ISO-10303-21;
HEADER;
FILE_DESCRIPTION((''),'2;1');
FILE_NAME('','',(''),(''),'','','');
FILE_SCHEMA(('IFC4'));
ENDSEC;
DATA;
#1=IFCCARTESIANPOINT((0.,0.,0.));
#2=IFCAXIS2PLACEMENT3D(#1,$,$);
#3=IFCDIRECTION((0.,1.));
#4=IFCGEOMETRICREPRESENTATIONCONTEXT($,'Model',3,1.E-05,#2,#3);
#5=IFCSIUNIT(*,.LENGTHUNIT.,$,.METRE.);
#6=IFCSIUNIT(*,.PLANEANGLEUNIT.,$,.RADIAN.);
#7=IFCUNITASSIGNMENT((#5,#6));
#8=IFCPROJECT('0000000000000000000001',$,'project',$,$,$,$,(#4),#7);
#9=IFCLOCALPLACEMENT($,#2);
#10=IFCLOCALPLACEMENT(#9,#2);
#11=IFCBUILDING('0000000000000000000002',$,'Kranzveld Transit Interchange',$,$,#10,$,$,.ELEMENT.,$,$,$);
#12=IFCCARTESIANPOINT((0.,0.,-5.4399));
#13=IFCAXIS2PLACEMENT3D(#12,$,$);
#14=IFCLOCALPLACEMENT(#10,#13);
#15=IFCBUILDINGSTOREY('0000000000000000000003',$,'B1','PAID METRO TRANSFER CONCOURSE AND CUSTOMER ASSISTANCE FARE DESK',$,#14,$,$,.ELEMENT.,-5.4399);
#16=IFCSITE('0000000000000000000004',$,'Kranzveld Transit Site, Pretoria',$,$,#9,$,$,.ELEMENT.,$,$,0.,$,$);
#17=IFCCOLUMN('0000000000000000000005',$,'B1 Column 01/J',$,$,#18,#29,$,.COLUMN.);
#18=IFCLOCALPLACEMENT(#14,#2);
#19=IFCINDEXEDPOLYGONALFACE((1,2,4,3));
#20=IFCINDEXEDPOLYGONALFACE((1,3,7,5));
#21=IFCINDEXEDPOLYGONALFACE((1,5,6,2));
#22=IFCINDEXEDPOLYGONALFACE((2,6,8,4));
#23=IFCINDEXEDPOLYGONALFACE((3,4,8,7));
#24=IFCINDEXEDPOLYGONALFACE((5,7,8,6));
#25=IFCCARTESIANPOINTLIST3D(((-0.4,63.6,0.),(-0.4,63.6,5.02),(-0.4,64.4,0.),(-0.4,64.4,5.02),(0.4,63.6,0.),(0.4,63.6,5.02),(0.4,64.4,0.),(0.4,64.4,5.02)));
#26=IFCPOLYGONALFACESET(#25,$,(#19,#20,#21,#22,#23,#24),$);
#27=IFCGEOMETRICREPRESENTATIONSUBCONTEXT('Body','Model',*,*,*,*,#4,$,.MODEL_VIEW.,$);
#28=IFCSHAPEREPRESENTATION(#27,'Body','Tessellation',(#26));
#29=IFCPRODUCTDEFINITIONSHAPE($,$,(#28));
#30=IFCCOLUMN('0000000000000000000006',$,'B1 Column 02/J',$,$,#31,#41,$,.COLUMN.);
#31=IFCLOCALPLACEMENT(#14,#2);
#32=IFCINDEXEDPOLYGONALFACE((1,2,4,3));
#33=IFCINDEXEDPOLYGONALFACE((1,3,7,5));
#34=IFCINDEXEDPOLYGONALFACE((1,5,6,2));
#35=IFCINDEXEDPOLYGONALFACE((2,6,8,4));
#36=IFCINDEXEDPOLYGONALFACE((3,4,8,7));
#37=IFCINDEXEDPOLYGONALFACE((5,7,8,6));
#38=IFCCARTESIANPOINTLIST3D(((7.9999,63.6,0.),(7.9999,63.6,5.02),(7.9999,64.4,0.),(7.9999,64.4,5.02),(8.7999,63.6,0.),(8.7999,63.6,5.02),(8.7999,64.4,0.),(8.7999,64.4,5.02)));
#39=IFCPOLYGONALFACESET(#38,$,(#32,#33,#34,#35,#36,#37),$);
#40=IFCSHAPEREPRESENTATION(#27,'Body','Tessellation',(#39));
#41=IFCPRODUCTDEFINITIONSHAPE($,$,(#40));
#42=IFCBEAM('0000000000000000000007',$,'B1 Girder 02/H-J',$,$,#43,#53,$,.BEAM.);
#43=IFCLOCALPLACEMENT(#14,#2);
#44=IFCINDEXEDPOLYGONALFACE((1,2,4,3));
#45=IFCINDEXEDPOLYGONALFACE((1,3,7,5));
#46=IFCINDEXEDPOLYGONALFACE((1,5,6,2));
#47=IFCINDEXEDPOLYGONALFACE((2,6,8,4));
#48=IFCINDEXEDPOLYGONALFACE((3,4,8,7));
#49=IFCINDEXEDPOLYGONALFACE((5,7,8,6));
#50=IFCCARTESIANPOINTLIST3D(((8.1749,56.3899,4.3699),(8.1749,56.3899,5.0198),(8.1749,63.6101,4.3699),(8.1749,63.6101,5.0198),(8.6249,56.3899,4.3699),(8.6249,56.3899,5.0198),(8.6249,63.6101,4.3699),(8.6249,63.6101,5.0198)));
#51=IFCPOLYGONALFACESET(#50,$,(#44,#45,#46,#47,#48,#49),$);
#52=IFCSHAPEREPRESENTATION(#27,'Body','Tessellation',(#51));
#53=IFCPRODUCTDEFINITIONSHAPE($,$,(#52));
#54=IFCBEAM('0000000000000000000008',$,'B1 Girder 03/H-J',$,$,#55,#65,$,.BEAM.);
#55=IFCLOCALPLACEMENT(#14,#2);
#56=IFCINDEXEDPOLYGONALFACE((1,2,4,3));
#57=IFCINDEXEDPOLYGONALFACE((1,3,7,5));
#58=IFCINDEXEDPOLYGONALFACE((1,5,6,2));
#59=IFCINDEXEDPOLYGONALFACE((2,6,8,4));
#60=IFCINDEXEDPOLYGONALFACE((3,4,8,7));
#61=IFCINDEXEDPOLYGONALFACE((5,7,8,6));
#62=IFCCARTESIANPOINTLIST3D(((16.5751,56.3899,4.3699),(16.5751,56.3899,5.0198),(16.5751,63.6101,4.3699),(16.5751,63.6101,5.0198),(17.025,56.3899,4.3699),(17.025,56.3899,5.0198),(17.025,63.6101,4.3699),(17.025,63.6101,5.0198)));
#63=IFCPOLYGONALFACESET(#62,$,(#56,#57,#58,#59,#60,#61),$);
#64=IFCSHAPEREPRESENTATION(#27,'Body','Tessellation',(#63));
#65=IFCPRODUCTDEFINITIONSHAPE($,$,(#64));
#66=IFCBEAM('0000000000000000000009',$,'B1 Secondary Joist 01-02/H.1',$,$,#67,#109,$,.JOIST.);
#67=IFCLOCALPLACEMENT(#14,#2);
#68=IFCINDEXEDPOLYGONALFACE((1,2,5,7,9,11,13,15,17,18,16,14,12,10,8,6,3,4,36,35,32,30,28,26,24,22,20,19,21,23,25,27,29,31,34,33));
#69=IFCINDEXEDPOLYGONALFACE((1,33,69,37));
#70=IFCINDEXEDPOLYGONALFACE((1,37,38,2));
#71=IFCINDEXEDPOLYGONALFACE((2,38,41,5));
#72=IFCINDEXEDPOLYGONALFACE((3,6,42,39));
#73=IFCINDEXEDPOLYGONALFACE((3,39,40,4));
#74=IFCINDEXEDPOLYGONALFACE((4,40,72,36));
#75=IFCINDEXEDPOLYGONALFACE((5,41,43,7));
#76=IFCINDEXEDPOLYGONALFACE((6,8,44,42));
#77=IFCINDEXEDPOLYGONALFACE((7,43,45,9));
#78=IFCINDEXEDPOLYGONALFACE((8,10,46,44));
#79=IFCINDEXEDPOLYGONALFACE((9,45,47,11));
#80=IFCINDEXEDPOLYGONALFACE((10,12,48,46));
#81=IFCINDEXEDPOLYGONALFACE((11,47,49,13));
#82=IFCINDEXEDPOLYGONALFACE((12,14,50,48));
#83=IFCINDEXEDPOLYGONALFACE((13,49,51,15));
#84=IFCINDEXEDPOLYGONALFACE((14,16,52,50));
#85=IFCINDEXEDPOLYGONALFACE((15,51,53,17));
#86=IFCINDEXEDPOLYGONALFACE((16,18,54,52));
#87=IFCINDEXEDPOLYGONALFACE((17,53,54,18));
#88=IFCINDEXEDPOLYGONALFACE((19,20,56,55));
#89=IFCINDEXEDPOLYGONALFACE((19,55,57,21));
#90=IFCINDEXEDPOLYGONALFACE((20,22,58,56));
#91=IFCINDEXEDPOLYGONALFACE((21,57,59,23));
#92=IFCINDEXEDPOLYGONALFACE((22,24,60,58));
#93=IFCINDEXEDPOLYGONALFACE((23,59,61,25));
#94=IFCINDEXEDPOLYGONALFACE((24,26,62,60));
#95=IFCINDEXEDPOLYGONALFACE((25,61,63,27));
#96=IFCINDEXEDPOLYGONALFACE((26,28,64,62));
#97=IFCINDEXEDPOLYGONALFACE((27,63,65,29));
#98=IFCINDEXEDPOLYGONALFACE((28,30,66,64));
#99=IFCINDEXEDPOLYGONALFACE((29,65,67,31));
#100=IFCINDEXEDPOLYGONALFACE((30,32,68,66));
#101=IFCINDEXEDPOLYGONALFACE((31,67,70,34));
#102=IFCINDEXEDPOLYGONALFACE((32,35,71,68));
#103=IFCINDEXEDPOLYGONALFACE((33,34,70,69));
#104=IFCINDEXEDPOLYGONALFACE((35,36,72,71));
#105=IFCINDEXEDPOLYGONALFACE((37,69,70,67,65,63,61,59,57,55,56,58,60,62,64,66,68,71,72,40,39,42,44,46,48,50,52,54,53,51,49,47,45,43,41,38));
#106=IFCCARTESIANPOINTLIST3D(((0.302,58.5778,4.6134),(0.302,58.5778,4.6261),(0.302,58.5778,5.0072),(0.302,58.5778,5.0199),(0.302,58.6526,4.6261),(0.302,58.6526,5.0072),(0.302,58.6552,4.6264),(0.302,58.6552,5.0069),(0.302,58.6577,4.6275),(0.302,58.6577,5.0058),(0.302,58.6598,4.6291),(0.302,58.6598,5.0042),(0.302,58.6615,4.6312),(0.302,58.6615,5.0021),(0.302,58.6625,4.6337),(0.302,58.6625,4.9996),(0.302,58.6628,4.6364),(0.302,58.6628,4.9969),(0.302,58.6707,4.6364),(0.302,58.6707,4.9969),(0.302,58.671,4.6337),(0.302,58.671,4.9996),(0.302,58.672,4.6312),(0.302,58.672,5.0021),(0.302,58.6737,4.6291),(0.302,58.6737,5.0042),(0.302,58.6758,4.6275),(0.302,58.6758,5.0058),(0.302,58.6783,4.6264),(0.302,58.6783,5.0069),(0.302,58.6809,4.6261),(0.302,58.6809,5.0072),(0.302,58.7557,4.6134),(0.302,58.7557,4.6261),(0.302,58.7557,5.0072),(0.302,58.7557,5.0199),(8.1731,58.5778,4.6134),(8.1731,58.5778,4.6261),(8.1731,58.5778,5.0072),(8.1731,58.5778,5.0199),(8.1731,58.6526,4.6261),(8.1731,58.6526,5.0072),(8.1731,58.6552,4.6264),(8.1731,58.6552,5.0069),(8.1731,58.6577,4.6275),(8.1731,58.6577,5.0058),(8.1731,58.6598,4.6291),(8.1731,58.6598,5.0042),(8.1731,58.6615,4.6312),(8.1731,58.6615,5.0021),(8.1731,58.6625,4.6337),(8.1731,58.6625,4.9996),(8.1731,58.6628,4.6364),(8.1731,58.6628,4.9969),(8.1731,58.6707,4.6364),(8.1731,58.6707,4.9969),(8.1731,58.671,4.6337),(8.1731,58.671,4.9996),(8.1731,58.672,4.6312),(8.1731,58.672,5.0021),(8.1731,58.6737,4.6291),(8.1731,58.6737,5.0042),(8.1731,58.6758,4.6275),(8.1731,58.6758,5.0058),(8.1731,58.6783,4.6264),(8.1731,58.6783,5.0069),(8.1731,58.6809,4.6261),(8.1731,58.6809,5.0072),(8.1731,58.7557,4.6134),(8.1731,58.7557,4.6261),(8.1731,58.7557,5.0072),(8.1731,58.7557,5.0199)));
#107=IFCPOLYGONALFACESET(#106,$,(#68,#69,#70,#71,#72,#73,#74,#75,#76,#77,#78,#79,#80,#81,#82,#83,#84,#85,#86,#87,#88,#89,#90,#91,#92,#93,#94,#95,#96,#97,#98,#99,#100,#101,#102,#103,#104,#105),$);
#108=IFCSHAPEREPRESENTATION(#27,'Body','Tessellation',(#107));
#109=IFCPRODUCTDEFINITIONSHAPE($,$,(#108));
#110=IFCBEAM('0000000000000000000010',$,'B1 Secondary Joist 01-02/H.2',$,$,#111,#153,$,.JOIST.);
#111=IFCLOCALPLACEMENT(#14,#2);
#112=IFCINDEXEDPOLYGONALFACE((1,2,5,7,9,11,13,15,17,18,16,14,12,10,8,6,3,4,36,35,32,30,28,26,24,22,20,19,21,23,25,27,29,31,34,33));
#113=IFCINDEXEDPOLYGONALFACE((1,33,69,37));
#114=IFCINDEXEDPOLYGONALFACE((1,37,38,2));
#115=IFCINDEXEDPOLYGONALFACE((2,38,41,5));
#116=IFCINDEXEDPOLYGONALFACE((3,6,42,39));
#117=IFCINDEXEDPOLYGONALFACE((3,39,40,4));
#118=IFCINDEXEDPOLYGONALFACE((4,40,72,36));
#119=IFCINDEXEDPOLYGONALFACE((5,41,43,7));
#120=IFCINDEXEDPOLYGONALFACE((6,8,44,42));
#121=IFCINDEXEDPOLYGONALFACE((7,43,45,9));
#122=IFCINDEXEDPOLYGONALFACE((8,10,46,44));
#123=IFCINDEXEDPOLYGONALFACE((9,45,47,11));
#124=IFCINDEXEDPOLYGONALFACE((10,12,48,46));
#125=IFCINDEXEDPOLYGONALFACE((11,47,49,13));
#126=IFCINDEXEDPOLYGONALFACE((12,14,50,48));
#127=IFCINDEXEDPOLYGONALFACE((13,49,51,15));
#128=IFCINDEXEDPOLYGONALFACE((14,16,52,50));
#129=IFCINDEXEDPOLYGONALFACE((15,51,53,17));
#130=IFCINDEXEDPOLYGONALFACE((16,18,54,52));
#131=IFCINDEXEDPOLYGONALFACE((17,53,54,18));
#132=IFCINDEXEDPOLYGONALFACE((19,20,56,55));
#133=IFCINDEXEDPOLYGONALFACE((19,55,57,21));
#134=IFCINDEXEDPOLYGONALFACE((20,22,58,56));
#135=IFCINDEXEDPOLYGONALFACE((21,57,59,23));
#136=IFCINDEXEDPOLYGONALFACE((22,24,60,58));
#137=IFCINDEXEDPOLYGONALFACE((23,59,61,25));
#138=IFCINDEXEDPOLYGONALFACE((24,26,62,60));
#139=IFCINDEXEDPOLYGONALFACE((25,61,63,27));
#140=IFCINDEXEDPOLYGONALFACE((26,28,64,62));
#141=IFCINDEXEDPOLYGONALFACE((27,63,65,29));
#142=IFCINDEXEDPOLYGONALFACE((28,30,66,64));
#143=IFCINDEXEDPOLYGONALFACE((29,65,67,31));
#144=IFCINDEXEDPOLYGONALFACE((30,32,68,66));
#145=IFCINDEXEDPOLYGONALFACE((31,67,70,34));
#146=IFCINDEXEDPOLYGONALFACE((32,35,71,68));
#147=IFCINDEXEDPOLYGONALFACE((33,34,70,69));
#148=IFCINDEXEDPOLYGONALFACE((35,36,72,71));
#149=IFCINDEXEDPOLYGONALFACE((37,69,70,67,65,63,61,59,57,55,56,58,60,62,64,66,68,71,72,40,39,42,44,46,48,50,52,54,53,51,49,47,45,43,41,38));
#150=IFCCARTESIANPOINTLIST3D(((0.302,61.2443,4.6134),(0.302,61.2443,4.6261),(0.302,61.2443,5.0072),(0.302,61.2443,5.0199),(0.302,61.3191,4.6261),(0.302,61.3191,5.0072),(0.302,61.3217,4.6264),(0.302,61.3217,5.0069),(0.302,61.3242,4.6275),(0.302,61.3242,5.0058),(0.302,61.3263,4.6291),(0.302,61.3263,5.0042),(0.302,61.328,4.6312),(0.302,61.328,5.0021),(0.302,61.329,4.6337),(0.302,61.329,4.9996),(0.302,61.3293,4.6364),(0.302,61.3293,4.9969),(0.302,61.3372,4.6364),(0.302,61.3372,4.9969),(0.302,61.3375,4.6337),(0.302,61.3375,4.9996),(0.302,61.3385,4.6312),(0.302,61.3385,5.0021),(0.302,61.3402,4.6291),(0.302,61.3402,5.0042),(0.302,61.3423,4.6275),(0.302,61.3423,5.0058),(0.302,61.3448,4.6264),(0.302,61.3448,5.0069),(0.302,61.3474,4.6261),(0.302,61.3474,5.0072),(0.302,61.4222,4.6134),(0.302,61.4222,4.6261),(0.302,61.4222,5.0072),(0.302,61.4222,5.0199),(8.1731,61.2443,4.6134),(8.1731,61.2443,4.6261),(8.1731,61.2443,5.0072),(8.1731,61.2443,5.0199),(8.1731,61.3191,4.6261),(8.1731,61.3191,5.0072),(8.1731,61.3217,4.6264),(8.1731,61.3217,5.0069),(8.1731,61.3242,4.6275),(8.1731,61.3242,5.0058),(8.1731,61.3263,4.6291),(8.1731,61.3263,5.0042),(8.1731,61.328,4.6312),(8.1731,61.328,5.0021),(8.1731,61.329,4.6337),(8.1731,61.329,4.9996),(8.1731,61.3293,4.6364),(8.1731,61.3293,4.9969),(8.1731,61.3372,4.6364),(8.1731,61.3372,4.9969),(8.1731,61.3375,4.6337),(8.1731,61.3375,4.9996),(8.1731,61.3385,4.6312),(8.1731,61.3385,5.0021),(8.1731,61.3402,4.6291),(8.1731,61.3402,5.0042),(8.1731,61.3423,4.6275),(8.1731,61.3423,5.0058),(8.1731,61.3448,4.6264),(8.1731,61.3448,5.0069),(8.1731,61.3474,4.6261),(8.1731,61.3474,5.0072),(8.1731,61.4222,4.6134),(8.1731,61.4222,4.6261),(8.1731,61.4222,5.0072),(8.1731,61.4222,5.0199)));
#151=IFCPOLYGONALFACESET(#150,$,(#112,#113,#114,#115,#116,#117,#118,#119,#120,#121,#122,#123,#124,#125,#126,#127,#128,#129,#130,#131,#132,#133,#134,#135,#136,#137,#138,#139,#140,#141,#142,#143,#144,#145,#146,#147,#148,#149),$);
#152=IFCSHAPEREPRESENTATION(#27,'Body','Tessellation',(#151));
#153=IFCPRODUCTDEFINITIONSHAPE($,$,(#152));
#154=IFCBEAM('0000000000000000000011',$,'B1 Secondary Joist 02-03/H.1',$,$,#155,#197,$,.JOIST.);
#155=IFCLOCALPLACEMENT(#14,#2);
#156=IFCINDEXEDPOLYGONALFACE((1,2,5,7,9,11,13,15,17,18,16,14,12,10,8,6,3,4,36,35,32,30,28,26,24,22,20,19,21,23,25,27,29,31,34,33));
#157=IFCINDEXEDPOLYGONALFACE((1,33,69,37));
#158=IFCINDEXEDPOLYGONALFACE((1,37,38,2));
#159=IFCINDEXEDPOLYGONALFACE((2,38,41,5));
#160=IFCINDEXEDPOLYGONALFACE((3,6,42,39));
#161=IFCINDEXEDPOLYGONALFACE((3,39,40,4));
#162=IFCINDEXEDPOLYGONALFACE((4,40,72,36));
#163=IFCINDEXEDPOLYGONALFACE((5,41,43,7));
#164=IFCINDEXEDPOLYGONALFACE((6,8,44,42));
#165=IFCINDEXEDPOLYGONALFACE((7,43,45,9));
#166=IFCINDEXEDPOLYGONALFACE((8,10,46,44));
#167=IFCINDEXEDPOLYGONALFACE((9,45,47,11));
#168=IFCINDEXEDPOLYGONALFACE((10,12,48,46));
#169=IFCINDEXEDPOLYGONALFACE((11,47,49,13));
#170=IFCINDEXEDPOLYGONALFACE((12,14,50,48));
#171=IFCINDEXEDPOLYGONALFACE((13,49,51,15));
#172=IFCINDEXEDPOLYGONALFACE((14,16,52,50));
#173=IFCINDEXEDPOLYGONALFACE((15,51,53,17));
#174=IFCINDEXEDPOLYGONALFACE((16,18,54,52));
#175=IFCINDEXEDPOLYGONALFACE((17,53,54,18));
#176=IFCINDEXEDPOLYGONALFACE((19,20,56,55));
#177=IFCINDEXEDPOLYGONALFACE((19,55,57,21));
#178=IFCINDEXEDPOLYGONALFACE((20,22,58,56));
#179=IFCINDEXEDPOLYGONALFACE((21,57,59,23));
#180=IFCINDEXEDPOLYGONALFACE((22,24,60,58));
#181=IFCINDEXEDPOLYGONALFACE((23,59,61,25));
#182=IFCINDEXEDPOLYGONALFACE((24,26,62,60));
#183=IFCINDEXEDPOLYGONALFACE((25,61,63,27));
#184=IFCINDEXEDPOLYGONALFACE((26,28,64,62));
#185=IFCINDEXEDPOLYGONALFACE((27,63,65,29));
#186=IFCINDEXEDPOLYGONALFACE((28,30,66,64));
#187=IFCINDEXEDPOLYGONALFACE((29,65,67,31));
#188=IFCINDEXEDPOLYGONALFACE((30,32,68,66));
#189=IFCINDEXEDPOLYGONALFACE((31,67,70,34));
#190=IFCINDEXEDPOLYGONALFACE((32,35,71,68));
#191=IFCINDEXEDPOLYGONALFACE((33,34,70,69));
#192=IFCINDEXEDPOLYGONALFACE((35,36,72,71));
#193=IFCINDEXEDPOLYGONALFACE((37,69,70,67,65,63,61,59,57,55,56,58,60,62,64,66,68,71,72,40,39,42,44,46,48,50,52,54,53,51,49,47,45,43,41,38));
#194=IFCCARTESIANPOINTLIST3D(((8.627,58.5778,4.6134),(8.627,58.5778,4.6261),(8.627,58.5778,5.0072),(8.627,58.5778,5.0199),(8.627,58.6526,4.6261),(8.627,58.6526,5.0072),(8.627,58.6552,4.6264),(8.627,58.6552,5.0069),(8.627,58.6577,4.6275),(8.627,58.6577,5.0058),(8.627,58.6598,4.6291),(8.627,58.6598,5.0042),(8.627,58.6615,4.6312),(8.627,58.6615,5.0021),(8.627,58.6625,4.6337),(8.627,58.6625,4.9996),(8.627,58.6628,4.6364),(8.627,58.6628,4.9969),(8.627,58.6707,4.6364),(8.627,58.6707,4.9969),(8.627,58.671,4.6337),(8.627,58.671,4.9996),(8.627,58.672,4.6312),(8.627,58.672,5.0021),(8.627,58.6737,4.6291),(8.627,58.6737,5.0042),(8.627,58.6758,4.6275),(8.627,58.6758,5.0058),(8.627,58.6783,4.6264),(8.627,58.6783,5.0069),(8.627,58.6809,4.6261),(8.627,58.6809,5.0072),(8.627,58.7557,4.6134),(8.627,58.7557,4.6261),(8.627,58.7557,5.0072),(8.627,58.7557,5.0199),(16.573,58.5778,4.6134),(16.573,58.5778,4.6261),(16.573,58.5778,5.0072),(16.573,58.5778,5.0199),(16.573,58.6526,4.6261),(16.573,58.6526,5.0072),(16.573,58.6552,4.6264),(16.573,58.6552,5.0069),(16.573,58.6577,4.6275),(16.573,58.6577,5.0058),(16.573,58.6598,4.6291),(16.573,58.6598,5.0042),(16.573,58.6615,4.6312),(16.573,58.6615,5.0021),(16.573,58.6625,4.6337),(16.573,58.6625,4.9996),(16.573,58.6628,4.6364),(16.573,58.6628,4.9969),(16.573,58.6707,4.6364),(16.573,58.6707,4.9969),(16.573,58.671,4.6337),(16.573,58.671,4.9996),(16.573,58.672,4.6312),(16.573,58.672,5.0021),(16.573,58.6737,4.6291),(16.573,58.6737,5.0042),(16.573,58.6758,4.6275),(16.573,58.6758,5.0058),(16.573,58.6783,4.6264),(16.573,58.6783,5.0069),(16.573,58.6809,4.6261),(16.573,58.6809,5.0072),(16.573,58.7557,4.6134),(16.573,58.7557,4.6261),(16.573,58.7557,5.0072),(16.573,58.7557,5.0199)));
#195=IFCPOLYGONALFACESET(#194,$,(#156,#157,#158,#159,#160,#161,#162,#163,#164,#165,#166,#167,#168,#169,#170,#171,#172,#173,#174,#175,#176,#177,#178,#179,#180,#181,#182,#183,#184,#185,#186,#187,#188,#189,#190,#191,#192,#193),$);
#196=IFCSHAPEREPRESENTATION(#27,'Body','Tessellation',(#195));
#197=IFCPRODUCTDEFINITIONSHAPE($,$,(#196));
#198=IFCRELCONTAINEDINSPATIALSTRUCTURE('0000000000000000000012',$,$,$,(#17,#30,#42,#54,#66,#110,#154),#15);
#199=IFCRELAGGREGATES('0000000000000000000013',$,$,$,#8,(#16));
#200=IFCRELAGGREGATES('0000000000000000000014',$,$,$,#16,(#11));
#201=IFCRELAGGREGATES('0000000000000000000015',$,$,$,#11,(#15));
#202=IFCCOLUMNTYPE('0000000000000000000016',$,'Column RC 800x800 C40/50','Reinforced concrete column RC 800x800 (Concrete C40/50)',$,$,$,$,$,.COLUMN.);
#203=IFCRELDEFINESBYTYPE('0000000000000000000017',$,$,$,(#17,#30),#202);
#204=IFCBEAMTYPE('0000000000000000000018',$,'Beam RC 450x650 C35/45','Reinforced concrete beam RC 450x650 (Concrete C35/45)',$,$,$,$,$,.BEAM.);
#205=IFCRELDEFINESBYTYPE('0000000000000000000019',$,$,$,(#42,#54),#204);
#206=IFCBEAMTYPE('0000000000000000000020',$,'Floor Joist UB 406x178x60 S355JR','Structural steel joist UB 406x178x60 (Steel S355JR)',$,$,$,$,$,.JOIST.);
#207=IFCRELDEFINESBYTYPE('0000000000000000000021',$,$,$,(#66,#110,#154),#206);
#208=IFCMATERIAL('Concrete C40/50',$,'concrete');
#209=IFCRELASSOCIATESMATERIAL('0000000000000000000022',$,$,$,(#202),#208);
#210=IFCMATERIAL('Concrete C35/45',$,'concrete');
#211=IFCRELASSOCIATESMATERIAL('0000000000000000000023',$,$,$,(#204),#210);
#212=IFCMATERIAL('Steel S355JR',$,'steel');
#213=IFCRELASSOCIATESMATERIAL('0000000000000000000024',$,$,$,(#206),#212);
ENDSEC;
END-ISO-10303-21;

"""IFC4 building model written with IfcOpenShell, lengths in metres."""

from ifc_helpers import new_model, si_unit, direction, frame, origin, origin_2d, place, context, subcontext, project, spatial, rectangle, i_section, extrude, material, material_profile, profile_set, type_object, element, save


model = new_model("IFC4")

# Units and contexts
model_context = context("Model", 3, precision=1e-05, world=origin(), true_north=direction((0.0, 1.0)))
body_context = subcontext(model_context, "Body", "Model", "MODEL_VIEW")
ifc_project = project(units=[si_unit("LENGTHUNIT", "METRE"), si_unit("PLANEANGLEUNIT", "RADIAN")], contexts=[model_context])

# Site, building, storey
site_placement = place(None, origin())
site = spatial("IfcSite", under=ifc_project, at=site_placement, Name="Kranzveld Transit Site, Pretoria", CompositionType="ELEMENT", RefElevation=0.0)
building_placement = place(site_placement, origin())
building = spatial("IfcBuilding", under=site, at=building_placement, Name="Kranzveld Transit Interchange", CompositionType="ELEMENT")
storey_placement = place(building_placement, frame((0.0, 0.0, -5.4399)))
storey = spatial("IfcBuildingStorey", under=building, at=storey_placement, Name="B1", Description="PAID METRO TRANSFER CONCOURSE AND CUSTOMER ASSISTANCE FARE DESK", CompositionType="ELEMENT", Elevation=-5.4399)

# Columns
ifc_material_1 = material(Name="Concrete C40/50", Category="concrete")
ifc_material_profile_1 = material_profile(ifc_material_1, rectangle(XDim=0.8, YDim=0.8, at=origin_2d()), Name="RC 800x800")
ifc_profile_set_1 = profile_set([ifc_material_profile_1], Name="Concrete C40/50")
column_type = type_object("IfcColumnType", Name="Column RC 800x800 C40/50", Description="Reinforced concrete column RC 800x800 (Concrete C40/50)", PredefinedType="COLUMN", material=ifc_profile_set_1)
for number, where, z_axis, x_axis, name in (
    (1, (0.0, 64.0, 0.0), (0.0, 0.0, 1.0), (1.0, 0.0, 0.0), "B1 Column 01/J"),
    (2, (8.3999, 64.0, 0.0), (0.0, 0.0, 1.0), (1.0, 0.0, 0.0), "B1 Column 02/J"),
):
    element("IfcColumn", number, at=place(storey_placement, frame(where, z_axis=z_axis, x_axis=x_axis)), inside=storey, type_object=column_type, Name=name, PredefinedType="COLUMN", context=body_context, shape_type="SweptSolid", body=[
        extrude(rectangle(XDim=0.8, YDim=0.8, at=origin_2d()), origin(), (0.0, 0.0, 1.0), 5.02),
    ])

# Beams
ifc_material_2 = material(Name="Concrete C35/45", Category="concrete")
ifc_material_profile_2 = material_profile(ifc_material_2, rectangle(XDim=0.45, YDim=0.6499, at=origin_2d()), Name="RC 450x650")
ifc_profile_set_2 = profile_set([ifc_material_profile_2], Name="Concrete C35/45")
beam_type_1 = type_object("IfcBeamType", Name="Beam RC 450x650 C35/45", Description="Reinforced concrete beam RC 450x650 (Concrete C35/45)", PredefinedType="BEAM", material=ifc_profile_set_2)
for number, where, z_axis, x_axis, name in (
    (3, (8.3999, 56.3899, 4.6948), (0.0, 1.0, 0.0), (-1.0, 0.0, 0.0), "B1 Girder 02/H-J"),
    (4, (16.8, 56.3899, 4.6948), (0.0, 1.0, 0.0), (-1.0, 0.0, 0.0), "B1 Girder 03/H-J"),
):
    element("IfcBeam", number, at=place(storey_placement, frame(where, z_axis=z_axis, x_axis=x_axis)), inside=storey, type_object=beam_type_1, Name=name, PredefinedType="BEAM", context=body_context, shape_type="SweptSolid", body=[
        extrude(rectangle(XDim=0.45, YDim=0.6499, at=origin_2d()), origin(), (0.0, 0.0, 1.0), 7.2202),
    ])
ifc_material_3 = material(Name="Steel S355JR", Category="steel")
ifc_material_profile_3 = material_profile(ifc_material_3, i_section(OverallWidth=0.178, OverallDepth=0.4065, WebThickness=0.0078, FlangeThickness=0.0127, FilletRadius=0.0103, at=origin_2d()), Name="UB 406x178x60")
ifc_profile_set_3 = profile_set([ifc_material_profile_3], Name="Steel S355JR")
beam_type_2 = type_object("IfcBeamType", Name="Floor Joist UB 406x178x60 S355JR", Description="Structural steel joist UB 406x178x60 (Steel S355JR)", PredefinedType="JOIST", material=ifc_profile_set_3)
for number, where, z_axis, x_axis, name in (
    (5, (0.302, 58.6667, 4.8167), (1.0, 0.0, 0.0), (0.0, 1.0, 0.0), "B1 Secondary Joist 01-02/H.1"),
    (6, (0.302, 61.3333, 4.8167), (1.0, 0.0, 0.0), (0.0, 1.0, 0.0), "B1 Secondary Joist 01-02/H.2"),
):
    element("IfcBeam", number, at=place(storey_placement, frame(where, z_axis=z_axis, x_axis=x_axis)), inside=storey, type_object=beam_type_2, Name=name, PredefinedType="JOIST", context=body_context, shape_type="SweptSolid", body=[
        extrude(i_section(OverallWidth=0.178, OverallDepth=0.4065, WebThickness=0.0078, FlangeThickness=0.0127, FilletRadius=0.0103, at=origin_2d()), origin(), (0.0, 0.0, 1.0), 7.8711),
    ])
for number, where, z_axis, x_axis, name in (
    (7, (8.627, 58.6667, 4.8167), (1.0, 0.0, 0.0), (0.0, 1.0, 0.0), "B1 Secondary Joist 02-03/H.1"),
):
    element("IfcBeam", number, at=place(storey_placement, frame(where, z_axis=z_axis, x_axis=x_axis)), inside=storey, type_object=beam_type_2, Name=name, PredefinedType="JOIST", context=body_context, shape_type="SweptSolid", body=[
        extrude(i_section(OverallWidth=0.178, OverallDepth=0.4065, WebThickness=0.0078, FlangeThickness=0.0127, FilletRadius=0.0103, at=origin_2d()), origin(), (0.0, 0.0, 1.0), 7.946),
    ])

save(model, "model.ifc")
